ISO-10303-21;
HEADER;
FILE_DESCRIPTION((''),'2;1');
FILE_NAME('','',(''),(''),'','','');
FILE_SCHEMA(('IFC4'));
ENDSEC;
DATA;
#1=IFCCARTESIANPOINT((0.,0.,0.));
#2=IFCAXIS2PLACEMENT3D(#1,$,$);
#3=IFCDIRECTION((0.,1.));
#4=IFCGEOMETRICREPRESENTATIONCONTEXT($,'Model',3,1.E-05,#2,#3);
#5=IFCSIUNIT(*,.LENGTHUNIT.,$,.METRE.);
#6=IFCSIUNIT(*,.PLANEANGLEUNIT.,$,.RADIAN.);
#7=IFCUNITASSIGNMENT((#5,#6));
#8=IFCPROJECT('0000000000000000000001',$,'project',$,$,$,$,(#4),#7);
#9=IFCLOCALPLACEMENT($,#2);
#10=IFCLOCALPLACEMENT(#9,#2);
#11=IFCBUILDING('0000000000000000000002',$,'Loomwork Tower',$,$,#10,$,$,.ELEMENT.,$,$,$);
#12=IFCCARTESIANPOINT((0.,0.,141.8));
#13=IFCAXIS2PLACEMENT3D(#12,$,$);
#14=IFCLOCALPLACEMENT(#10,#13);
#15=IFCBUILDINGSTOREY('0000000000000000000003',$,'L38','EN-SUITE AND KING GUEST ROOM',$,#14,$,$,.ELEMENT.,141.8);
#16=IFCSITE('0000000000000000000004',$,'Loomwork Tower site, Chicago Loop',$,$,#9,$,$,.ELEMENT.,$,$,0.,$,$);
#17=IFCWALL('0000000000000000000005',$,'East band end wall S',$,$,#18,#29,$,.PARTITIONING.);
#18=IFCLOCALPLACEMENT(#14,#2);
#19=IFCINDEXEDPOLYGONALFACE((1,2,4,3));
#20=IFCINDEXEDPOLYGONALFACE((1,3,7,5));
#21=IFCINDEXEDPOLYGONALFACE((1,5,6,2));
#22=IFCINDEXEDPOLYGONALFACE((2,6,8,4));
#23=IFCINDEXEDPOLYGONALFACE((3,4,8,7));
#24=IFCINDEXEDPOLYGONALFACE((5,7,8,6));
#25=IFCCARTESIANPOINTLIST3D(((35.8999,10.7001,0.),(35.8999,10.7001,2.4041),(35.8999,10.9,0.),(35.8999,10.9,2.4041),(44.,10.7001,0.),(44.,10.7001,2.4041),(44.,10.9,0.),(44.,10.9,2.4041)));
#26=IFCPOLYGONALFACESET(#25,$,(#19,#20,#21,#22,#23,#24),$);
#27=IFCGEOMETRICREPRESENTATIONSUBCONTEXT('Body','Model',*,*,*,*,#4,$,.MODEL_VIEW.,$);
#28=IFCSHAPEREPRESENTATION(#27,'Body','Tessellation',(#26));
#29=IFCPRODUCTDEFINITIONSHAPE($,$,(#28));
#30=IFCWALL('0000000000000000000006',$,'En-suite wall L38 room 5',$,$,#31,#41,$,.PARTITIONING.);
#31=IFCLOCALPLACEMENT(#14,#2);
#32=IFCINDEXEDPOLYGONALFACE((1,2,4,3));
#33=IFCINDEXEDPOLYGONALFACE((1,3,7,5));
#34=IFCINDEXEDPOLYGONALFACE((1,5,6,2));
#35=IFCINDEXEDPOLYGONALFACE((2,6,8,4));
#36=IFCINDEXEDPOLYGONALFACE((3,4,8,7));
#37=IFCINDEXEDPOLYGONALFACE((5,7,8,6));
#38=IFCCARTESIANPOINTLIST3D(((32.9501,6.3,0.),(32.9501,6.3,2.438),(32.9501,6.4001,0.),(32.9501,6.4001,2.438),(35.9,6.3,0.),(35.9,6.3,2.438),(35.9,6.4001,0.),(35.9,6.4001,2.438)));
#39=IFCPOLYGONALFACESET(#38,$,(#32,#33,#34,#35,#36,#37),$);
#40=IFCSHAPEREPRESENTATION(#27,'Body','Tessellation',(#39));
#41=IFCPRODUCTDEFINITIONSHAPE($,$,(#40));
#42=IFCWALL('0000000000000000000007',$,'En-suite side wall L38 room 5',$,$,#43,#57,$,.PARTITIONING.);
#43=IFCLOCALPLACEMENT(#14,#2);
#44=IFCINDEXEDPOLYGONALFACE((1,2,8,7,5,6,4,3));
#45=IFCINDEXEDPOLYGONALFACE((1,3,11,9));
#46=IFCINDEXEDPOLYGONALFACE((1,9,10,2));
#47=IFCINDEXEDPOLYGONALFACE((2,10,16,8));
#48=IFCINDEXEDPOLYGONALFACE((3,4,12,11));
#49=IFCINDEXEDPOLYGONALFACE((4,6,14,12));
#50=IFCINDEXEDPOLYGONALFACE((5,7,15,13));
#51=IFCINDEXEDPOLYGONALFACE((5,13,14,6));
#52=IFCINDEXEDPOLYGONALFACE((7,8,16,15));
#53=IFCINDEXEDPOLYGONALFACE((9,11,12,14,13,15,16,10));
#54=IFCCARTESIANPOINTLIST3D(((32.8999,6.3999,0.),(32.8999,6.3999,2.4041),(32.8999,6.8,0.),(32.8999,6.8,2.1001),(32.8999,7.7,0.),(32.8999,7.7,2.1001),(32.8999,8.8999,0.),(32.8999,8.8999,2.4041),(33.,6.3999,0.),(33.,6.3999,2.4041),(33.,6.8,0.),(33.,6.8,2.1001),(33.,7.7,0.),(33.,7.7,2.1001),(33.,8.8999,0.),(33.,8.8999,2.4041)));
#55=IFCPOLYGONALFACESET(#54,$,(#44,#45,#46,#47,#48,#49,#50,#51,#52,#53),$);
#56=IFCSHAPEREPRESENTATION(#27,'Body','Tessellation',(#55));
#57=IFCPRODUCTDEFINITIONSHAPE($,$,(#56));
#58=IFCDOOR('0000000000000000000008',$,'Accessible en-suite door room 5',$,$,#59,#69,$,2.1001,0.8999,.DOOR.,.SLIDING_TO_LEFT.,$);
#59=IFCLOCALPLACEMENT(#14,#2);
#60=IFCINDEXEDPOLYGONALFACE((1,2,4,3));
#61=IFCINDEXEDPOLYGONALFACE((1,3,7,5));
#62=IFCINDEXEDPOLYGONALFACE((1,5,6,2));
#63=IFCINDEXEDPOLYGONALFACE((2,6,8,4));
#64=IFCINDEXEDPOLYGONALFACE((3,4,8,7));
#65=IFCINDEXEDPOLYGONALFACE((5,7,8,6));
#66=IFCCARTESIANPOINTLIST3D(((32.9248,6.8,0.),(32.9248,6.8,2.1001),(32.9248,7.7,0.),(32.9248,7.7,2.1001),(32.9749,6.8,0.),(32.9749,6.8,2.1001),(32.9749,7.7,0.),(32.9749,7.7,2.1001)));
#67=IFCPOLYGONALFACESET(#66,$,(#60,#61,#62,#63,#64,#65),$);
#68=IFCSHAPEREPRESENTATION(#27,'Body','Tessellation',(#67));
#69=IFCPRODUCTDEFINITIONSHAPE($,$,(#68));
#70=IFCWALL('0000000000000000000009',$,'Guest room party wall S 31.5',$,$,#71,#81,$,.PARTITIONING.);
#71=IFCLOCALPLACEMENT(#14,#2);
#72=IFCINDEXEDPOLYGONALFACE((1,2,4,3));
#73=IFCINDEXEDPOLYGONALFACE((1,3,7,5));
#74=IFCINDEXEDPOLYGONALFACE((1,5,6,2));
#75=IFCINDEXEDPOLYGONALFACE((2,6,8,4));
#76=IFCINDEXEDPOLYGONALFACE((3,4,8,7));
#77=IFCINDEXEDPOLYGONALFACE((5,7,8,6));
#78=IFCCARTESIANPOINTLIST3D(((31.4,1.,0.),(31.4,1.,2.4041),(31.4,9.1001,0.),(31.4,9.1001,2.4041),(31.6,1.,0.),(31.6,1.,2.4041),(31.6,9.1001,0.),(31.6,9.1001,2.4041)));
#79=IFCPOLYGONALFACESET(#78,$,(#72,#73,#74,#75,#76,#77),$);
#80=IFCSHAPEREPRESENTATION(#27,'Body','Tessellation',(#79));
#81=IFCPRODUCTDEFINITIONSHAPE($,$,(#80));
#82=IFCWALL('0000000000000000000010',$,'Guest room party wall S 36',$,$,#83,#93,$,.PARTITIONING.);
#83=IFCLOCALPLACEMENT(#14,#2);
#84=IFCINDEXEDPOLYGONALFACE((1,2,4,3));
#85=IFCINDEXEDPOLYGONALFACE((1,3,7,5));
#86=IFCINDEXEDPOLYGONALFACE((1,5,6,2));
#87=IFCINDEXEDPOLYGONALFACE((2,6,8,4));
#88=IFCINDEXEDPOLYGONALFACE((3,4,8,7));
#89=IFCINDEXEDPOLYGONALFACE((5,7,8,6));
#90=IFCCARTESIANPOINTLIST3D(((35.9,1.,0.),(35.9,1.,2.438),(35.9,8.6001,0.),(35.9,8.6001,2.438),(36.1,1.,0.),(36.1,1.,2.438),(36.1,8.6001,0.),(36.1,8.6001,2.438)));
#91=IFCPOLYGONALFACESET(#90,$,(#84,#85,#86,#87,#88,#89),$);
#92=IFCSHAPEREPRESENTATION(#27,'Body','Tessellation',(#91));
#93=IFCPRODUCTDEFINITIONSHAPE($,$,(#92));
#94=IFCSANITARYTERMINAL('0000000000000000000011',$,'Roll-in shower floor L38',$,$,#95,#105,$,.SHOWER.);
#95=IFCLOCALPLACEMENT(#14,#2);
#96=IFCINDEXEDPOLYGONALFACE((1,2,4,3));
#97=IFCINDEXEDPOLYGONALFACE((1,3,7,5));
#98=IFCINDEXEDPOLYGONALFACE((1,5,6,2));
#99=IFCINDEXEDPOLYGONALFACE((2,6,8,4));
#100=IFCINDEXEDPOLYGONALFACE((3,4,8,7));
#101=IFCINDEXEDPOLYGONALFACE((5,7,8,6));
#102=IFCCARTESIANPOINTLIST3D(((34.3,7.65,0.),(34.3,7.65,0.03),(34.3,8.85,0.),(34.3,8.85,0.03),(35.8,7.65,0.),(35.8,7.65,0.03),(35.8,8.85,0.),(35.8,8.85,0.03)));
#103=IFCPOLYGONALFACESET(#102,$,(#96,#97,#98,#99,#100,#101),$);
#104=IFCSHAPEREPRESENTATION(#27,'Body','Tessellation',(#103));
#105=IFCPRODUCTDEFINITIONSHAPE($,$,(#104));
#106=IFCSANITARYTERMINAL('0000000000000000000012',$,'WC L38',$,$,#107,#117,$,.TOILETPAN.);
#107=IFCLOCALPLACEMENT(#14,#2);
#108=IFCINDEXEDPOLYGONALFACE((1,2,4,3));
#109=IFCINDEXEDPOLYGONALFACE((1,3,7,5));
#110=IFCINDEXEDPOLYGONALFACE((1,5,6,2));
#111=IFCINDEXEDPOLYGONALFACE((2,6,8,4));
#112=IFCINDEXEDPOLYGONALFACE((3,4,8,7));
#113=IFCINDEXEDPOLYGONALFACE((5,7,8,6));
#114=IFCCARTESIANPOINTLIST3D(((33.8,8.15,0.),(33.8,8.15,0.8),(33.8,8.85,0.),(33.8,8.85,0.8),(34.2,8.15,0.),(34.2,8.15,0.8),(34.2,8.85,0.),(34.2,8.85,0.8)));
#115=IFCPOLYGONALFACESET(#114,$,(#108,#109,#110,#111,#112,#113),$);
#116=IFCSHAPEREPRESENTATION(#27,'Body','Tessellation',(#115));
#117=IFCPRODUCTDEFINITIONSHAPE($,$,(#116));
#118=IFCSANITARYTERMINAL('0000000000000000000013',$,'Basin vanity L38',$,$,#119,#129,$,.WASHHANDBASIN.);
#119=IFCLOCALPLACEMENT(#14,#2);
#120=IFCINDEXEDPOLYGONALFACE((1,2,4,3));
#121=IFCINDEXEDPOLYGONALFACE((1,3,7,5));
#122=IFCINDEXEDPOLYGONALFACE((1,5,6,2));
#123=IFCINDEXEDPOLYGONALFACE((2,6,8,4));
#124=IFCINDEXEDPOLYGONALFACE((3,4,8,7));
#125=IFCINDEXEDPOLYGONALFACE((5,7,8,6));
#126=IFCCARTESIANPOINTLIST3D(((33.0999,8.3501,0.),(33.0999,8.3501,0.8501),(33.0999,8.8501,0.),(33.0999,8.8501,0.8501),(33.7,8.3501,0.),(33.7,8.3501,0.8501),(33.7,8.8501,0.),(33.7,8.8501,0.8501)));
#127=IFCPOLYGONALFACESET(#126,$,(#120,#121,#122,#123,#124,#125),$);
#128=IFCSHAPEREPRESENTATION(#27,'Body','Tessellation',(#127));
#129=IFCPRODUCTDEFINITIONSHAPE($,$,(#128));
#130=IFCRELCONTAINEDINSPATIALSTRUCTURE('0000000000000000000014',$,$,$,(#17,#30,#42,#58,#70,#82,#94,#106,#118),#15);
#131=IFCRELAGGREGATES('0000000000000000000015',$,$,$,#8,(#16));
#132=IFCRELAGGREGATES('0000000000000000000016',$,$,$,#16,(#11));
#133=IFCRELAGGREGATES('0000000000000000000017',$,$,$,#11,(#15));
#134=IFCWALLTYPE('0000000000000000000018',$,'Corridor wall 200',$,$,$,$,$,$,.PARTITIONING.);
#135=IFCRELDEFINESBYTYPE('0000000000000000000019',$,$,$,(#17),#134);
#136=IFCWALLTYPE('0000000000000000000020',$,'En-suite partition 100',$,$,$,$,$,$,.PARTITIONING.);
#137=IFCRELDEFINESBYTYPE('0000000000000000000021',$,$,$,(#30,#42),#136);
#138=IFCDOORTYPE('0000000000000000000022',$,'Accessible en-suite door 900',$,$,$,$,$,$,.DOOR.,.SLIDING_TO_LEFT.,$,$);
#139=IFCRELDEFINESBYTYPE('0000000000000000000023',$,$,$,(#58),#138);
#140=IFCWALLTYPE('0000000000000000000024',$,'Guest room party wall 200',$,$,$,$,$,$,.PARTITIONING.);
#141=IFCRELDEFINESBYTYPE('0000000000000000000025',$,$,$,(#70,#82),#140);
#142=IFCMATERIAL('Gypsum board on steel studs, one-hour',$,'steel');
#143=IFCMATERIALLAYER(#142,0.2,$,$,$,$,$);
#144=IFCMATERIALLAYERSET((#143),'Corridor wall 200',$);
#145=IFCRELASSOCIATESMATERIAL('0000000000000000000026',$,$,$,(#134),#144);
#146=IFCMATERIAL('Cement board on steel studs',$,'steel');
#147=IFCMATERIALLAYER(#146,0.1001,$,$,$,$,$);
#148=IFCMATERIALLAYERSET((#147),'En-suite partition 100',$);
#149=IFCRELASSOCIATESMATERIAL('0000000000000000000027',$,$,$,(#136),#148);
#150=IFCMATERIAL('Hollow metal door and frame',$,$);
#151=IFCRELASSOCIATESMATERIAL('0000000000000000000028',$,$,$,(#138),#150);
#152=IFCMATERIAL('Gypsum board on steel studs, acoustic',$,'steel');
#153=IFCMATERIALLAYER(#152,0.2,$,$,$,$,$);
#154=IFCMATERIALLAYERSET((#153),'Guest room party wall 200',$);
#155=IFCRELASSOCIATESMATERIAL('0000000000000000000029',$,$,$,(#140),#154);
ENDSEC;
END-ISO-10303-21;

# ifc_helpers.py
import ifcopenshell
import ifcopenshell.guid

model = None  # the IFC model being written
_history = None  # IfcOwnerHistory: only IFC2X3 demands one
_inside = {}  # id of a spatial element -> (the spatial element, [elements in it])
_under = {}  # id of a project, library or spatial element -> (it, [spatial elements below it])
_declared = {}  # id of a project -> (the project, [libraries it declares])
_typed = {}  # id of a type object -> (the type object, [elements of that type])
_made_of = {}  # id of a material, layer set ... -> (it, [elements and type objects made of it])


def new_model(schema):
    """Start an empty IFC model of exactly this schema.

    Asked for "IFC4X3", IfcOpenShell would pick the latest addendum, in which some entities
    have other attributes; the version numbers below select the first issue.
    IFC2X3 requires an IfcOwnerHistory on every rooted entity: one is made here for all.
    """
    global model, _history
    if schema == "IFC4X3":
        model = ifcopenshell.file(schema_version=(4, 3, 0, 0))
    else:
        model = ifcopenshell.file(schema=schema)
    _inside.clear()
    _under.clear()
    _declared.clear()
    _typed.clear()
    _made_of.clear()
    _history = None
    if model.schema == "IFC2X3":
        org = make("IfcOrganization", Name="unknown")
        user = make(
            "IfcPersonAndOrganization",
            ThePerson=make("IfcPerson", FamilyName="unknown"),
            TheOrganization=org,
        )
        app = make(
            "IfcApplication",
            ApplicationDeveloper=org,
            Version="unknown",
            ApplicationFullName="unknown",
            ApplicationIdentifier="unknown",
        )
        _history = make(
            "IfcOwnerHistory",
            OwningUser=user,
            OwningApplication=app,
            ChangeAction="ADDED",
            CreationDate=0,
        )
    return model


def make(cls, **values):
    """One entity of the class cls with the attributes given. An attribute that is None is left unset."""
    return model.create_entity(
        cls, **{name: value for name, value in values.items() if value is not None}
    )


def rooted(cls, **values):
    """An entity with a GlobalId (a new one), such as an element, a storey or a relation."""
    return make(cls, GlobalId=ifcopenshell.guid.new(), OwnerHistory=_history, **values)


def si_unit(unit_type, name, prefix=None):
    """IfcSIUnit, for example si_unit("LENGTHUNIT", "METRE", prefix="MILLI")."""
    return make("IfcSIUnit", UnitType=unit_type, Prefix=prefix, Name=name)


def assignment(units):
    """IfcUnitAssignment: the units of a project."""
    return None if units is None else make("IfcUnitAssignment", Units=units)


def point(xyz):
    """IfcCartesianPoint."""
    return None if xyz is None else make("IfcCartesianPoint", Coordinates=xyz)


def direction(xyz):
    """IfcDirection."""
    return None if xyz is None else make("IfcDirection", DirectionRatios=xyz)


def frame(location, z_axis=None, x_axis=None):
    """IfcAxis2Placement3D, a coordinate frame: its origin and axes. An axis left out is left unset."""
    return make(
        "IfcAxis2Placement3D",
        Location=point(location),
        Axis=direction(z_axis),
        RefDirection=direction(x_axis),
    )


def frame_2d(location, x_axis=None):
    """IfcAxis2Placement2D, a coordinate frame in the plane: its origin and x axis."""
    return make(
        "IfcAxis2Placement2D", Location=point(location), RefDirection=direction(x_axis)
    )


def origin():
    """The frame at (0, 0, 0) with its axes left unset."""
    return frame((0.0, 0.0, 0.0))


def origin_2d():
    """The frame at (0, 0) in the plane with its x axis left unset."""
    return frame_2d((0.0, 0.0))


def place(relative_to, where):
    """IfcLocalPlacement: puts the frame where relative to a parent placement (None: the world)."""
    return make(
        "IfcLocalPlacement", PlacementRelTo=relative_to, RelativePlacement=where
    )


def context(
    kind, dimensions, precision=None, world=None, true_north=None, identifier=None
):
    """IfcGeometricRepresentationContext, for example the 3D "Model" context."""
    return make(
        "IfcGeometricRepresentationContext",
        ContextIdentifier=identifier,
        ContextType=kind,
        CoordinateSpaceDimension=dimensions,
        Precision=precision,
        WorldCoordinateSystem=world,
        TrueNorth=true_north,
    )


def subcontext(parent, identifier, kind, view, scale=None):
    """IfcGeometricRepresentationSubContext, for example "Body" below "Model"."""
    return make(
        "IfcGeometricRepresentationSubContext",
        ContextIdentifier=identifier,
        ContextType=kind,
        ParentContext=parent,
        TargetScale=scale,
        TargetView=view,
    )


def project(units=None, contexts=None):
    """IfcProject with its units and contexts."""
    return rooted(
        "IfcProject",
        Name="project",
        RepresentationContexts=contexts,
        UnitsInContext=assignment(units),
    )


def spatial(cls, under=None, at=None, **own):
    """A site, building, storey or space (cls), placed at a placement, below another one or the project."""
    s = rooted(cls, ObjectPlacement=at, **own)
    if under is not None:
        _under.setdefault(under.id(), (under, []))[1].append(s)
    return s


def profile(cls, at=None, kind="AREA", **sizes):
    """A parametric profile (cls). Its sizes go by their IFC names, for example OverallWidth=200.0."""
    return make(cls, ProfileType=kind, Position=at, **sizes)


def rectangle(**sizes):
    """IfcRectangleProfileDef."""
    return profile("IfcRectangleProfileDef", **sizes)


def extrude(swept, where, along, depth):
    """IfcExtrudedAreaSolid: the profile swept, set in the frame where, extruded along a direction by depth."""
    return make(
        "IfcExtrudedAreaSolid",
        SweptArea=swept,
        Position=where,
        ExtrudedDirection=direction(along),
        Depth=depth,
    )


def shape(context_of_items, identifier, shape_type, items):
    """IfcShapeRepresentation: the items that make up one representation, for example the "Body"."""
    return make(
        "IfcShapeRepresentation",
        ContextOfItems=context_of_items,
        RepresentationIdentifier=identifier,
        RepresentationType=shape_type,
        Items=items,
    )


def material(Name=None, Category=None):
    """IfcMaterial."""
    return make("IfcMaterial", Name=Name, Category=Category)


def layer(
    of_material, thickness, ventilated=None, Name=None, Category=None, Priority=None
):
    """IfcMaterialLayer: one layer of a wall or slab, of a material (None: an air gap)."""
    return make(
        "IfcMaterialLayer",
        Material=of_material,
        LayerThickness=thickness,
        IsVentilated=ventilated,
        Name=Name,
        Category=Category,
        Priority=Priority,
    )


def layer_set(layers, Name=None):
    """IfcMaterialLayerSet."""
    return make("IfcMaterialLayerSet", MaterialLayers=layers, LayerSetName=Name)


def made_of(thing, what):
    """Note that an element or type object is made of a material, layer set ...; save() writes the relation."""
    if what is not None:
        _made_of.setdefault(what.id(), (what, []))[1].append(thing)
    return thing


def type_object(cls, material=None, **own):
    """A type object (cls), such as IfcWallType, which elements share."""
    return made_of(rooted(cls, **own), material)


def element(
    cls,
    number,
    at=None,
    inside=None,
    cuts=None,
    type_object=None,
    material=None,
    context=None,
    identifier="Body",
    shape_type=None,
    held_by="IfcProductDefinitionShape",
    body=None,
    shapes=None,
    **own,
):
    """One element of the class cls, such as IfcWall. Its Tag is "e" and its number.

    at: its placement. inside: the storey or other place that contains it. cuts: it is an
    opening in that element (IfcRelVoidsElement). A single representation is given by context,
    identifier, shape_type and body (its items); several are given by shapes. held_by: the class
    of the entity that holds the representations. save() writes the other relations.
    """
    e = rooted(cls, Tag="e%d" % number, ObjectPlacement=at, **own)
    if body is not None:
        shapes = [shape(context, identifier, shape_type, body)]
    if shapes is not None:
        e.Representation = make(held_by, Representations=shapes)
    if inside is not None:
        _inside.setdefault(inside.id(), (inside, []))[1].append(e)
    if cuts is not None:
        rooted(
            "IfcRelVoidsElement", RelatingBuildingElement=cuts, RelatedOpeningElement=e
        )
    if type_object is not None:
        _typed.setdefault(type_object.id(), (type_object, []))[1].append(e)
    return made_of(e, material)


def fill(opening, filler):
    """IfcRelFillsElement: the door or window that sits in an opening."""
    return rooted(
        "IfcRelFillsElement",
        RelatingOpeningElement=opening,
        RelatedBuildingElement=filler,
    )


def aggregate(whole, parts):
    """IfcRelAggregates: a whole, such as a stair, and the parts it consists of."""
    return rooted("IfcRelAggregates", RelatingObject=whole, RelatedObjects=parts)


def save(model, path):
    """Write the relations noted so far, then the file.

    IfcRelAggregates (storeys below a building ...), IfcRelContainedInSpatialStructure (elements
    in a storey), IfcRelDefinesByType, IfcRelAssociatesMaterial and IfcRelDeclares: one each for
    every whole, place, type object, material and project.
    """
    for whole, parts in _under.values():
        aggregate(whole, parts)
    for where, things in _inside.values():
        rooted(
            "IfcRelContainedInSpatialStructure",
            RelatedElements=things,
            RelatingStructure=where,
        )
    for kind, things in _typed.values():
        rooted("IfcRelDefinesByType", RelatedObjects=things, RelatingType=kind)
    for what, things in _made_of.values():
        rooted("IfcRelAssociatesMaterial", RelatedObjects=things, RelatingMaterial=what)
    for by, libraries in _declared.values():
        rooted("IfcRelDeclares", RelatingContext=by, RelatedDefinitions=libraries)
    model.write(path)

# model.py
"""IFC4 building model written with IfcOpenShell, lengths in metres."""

from ifc_helpers import new_model, si_unit, direction, frame, frame_2d, origin, origin_2d, place, context, subcontext, project, spatial, rectangle, extrude, material, layer, layer_set, type_object, element, fill, save


model = new_model("IFC4")

# Units and contexts
model_context = context("Model", 3, precision=1e-05, world=origin(), true_north=direction((0.0, 1.0)))
body_context = subcontext(model_context, "Body", "Model", "MODEL_VIEW")
ifc_project = project(units=[si_unit("LENGTHUNIT", "METRE"), si_unit("PLANEANGLEUNIT", "RADIAN")], contexts=[model_context])

# Site, building, storey
site_placement = place(None, origin())
site = spatial("IfcSite", under=ifc_project, at=site_placement, Name="Loomwork Tower site, Chicago Loop", CompositionType="ELEMENT", RefElevation=0.0)
building_placement = place(site_placement, origin())
building = spatial("IfcBuilding", under=site, at=building_placement, Name="Loomwork Tower", CompositionType="ELEMENT")
storey_placement = place(building_placement, frame((0.0, 0.0, 141.8)))
storey = spatial("IfcBuildingStorey", under=building, at=storey_placement, Name="L38", Description="EN-SUITE AND KING GUEST ROOM", CompositionType="ELEMENT", Elevation=141.8)

# Shared definitions
ifc_material_1 = material(Name="Gypsum board on steel studs, one-hour", Category="steel")
ifc_layer_1 = layer(ifc_material_1, 0.2)
ifc_layer_set_1 = layer_set([ifc_layer_1], Name="Corridor wall 200")
wall_type_1 = type_object("IfcWallType", Name="Corridor wall 200", PredefinedType="PARTITIONING", material=ifc_layer_set_1)

# Walls
wall_1_placement = place(storey_placement, frame((35.8999, 10.8, 0.0), z_axis=(0.0, 0.0, 1.0), x_axis=(1.0, 0.0, 0.0)))
element("IfcWall", 1, at=wall_1_placement, inside=storey, type_object=wall_type_1, Name="East band end wall S", PredefinedType="PARTITIONING", context=body_context, shape_type="SweptSolid", body=[
    extrude(rectangle(XDim=8.1001, YDim=0.2, at=frame_2d((4.05, 0.0))), origin(), (0.0, 0.0, 1.0), 2.4041),
])
ifc_material_2 = material(Name="Cement board on steel studs", Category="steel")
ifc_layer_2 = layer(ifc_material_2, 0.1001)
ifc_layer_set_2 = layer_set([ifc_layer_2], Name="En-suite partition 100")
wall_type_2 = type_object("IfcWallType", Name="En-suite partition 100", PredefinedType="PARTITIONING", material=ifc_layer_set_2)
wall_2_placement = place(storey_placement, frame((32.95, 6.3501, 0.0), z_axis=(0.0, 0.0, 1.0), x_axis=(1.0, 0.0, 0.0)))
element("IfcWall", 2, at=wall_2_placement, inside=storey, type_object=wall_type_2, Name="En-suite wall L38 room 5", PredefinedType="PARTITIONING", context=body_context, shape_type="SweptSolid", body=[
    extrude(rectangle(XDim=2.95, YDim=0.1001, at=frame_2d((1.4751, 0.0))), origin(), (0.0, 0.0, 1.0), 2.438),
])

# Wall, opening, door
wall_3_placement = place(storey_placement, frame((32.95, 8.8999, 0.0), z_axis=(0.0, 0.0, 1.0), x_axis=(0.0, -1.0, 0.0)))
wall_3 = element("IfcWall", 3, at=wall_3_placement, inside=storey, type_object=wall_type_2, Name="En-suite side wall L38 room 5", PredefinedType="PARTITIONING", context=body_context, shape_type="SweptSolid", body=[
    extrude(rectangle(XDim=2.5, YDim=0.1001, at=frame_2d((1.25, 0.0))), origin(), (0.0, 0.0, 1.0), 2.4041),
])
opening_1_placement = place(wall_3_placement, frame((1.2, 0.0, 0.0)))
opening_1 = element("IfcOpeningElement", 4, at=opening_1_placement, cuts=wall_3, PredefinedType="OPENING", context=body_context, shape_type="SweptSolid", body=[
    extrude(rectangle(XDim=0.8999, YDim=2.1001, at=frame_2d((0.45, 1.05))), frame((0.0, 0.0601, 0.0), z_axis=(0.0, -1.0, 0.0), x_axis=(1.0, 0.0, 0.0)), (0.0, 0.0, 1.0), 0.1201),
])
ifc_material_3 = material(Name="Hollow metal door and frame")
door_type_1 = type_object("IfcDoorType", Name="Accessible en-suite door 900", OperationType="SLIDING_TO_LEFT", PredefinedType="DOOR", material=ifc_material_3)
door_1_placement = place(opening_1_placement, origin())
door_1 = element("IfcDoor", 5, at=door_1_placement, inside=storey, type_object=door_type_1, Name="Accessible en-suite door room 5", OperationType="SLIDING_TO_LEFT", OverallHeight=2.1001, OverallWidth=0.8999, PredefinedType="DOOR", context=body_context, shape_type="SweptSolid", body=[
    extrude(rectangle(XDim=0.8999, YDim=2.1001, at=frame_2d((0.45, 1.05))), frame((0.0, 0.0249, 0.0), z_axis=(0.0, -1.0, 0.0), x_axis=(1.0, 0.0, 0.0)), (0.0, 0.0, 1.0), 0.05),
])
fill(opening_1, door_1)

# Walls
ifc_material_4 = material(Name="Gypsum board on steel studs, acoustic", Category="steel")
ifc_layer_3 = layer(ifc_material_4, 0.2)
ifc_layer_set_3 = layer_set([ifc_layer_3], Name="Guest room party wall 200")
wall_type_3 = type_object("IfcWallType", Name="Guest room party wall 200", PredefinedType="PARTITIONING", material=ifc_layer_set_3)
wall_4_placement = place(storey_placement, frame((31.5, 9.1001, 0.0), z_axis=(0.0, 0.0, 1.0), x_axis=(0.0, -1.0, 0.0)))
element("IfcWall", 6, at=wall_4_placement, inside=storey, type_object=wall_type_3, Name="Guest room party wall S 31.5", PredefinedType="PARTITIONING", context=body_context, shape_type="SweptSolid", body=[
    extrude(rectangle(XDim=8.1001, YDim=0.2, at=frame_2d((4.05, 0.0))), origin(), (0.0, 0.0, 1.0), 2.4041),
])
wall_5_placement = place(storey_placement, frame((36.0, 8.6001, 0.0), z_axis=(0.0, 0.0, 1.0), x_axis=(0.0, -1.0, 0.0)))
element("IfcWall", 7, at=wall_5_placement, inside=storey, type_object=wall_type_3, Name="Guest room party wall S 36", PredefinedType="PARTITIONING", context=body_context, shape_type="SweptSolid", body=[
    extrude(rectangle(XDim=7.6001, YDim=0.2, at=frame_2d((3.8, 0.0))), origin(), (0.0, 0.0, 1.0), 2.438),
])

# Sanitary terminals
sanitary_terminal_1_placement = place(storey_placement, frame((35.05, 8.25, 0.0), z_axis=(0.0, 0.0, 1.0), x_axis=(1.0, 0.0, 0.0)))
element("IfcSanitaryTerminal", 8, at=sanitary_terminal_1_placement, inside=storey, Name="Roll-in shower floor L38", PredefinedType="SHOWER", context=body_context, shape_type="SweptSolid", body=[
    extrude(rectangle(XDim=1.5, YDim=1.2, at=origin_2d()), origin(), (0.0, 0.0, 1.0), 0.03),
])
sanitary_terminal_2_placement = place(storey_placement, frame((34.0, 8.5, 0.0), z_axis=(0.0, 0.0, 1.0), x_axis=(1.0, 0.0, 0.0)))
element("IfcSanitaryTerminal", 9, at=sanitary_terminal_2_placement, inside=storey, Name="WC L38", PredefinedType="TOILETPAN", context=body_context, shape_type="SweptSolid", body=[
    extrude(rectangle(XDim=0.3999, YDim=0.7, at=origin_2d()), origin(), (0.0, 0.0, 1.0), 0.8),
])
sanitary_terminal_3_placement = place(storey_placement, frame((33.3999, 8.6001, 0.0), z_axis=(0.0, 0.0, 1.0), x_axis=(1.0, 0.0, 0.0)))
element("IfcSanitaryTerminal", 10, at=sanitary_terminal_3_placement, inside=storey, Name="Basin vanity L38", PredefinedType="WASHHANDBASIN", context=body_context, shape_type="SweptSolid", body=[
    extrude(rectangle(XDim=0.6001, YDim=0.5, at=origin_2d()), origin(), (0.0, 0.0, 1.0), 0.8501),
])

save(model, "model.ifc")
